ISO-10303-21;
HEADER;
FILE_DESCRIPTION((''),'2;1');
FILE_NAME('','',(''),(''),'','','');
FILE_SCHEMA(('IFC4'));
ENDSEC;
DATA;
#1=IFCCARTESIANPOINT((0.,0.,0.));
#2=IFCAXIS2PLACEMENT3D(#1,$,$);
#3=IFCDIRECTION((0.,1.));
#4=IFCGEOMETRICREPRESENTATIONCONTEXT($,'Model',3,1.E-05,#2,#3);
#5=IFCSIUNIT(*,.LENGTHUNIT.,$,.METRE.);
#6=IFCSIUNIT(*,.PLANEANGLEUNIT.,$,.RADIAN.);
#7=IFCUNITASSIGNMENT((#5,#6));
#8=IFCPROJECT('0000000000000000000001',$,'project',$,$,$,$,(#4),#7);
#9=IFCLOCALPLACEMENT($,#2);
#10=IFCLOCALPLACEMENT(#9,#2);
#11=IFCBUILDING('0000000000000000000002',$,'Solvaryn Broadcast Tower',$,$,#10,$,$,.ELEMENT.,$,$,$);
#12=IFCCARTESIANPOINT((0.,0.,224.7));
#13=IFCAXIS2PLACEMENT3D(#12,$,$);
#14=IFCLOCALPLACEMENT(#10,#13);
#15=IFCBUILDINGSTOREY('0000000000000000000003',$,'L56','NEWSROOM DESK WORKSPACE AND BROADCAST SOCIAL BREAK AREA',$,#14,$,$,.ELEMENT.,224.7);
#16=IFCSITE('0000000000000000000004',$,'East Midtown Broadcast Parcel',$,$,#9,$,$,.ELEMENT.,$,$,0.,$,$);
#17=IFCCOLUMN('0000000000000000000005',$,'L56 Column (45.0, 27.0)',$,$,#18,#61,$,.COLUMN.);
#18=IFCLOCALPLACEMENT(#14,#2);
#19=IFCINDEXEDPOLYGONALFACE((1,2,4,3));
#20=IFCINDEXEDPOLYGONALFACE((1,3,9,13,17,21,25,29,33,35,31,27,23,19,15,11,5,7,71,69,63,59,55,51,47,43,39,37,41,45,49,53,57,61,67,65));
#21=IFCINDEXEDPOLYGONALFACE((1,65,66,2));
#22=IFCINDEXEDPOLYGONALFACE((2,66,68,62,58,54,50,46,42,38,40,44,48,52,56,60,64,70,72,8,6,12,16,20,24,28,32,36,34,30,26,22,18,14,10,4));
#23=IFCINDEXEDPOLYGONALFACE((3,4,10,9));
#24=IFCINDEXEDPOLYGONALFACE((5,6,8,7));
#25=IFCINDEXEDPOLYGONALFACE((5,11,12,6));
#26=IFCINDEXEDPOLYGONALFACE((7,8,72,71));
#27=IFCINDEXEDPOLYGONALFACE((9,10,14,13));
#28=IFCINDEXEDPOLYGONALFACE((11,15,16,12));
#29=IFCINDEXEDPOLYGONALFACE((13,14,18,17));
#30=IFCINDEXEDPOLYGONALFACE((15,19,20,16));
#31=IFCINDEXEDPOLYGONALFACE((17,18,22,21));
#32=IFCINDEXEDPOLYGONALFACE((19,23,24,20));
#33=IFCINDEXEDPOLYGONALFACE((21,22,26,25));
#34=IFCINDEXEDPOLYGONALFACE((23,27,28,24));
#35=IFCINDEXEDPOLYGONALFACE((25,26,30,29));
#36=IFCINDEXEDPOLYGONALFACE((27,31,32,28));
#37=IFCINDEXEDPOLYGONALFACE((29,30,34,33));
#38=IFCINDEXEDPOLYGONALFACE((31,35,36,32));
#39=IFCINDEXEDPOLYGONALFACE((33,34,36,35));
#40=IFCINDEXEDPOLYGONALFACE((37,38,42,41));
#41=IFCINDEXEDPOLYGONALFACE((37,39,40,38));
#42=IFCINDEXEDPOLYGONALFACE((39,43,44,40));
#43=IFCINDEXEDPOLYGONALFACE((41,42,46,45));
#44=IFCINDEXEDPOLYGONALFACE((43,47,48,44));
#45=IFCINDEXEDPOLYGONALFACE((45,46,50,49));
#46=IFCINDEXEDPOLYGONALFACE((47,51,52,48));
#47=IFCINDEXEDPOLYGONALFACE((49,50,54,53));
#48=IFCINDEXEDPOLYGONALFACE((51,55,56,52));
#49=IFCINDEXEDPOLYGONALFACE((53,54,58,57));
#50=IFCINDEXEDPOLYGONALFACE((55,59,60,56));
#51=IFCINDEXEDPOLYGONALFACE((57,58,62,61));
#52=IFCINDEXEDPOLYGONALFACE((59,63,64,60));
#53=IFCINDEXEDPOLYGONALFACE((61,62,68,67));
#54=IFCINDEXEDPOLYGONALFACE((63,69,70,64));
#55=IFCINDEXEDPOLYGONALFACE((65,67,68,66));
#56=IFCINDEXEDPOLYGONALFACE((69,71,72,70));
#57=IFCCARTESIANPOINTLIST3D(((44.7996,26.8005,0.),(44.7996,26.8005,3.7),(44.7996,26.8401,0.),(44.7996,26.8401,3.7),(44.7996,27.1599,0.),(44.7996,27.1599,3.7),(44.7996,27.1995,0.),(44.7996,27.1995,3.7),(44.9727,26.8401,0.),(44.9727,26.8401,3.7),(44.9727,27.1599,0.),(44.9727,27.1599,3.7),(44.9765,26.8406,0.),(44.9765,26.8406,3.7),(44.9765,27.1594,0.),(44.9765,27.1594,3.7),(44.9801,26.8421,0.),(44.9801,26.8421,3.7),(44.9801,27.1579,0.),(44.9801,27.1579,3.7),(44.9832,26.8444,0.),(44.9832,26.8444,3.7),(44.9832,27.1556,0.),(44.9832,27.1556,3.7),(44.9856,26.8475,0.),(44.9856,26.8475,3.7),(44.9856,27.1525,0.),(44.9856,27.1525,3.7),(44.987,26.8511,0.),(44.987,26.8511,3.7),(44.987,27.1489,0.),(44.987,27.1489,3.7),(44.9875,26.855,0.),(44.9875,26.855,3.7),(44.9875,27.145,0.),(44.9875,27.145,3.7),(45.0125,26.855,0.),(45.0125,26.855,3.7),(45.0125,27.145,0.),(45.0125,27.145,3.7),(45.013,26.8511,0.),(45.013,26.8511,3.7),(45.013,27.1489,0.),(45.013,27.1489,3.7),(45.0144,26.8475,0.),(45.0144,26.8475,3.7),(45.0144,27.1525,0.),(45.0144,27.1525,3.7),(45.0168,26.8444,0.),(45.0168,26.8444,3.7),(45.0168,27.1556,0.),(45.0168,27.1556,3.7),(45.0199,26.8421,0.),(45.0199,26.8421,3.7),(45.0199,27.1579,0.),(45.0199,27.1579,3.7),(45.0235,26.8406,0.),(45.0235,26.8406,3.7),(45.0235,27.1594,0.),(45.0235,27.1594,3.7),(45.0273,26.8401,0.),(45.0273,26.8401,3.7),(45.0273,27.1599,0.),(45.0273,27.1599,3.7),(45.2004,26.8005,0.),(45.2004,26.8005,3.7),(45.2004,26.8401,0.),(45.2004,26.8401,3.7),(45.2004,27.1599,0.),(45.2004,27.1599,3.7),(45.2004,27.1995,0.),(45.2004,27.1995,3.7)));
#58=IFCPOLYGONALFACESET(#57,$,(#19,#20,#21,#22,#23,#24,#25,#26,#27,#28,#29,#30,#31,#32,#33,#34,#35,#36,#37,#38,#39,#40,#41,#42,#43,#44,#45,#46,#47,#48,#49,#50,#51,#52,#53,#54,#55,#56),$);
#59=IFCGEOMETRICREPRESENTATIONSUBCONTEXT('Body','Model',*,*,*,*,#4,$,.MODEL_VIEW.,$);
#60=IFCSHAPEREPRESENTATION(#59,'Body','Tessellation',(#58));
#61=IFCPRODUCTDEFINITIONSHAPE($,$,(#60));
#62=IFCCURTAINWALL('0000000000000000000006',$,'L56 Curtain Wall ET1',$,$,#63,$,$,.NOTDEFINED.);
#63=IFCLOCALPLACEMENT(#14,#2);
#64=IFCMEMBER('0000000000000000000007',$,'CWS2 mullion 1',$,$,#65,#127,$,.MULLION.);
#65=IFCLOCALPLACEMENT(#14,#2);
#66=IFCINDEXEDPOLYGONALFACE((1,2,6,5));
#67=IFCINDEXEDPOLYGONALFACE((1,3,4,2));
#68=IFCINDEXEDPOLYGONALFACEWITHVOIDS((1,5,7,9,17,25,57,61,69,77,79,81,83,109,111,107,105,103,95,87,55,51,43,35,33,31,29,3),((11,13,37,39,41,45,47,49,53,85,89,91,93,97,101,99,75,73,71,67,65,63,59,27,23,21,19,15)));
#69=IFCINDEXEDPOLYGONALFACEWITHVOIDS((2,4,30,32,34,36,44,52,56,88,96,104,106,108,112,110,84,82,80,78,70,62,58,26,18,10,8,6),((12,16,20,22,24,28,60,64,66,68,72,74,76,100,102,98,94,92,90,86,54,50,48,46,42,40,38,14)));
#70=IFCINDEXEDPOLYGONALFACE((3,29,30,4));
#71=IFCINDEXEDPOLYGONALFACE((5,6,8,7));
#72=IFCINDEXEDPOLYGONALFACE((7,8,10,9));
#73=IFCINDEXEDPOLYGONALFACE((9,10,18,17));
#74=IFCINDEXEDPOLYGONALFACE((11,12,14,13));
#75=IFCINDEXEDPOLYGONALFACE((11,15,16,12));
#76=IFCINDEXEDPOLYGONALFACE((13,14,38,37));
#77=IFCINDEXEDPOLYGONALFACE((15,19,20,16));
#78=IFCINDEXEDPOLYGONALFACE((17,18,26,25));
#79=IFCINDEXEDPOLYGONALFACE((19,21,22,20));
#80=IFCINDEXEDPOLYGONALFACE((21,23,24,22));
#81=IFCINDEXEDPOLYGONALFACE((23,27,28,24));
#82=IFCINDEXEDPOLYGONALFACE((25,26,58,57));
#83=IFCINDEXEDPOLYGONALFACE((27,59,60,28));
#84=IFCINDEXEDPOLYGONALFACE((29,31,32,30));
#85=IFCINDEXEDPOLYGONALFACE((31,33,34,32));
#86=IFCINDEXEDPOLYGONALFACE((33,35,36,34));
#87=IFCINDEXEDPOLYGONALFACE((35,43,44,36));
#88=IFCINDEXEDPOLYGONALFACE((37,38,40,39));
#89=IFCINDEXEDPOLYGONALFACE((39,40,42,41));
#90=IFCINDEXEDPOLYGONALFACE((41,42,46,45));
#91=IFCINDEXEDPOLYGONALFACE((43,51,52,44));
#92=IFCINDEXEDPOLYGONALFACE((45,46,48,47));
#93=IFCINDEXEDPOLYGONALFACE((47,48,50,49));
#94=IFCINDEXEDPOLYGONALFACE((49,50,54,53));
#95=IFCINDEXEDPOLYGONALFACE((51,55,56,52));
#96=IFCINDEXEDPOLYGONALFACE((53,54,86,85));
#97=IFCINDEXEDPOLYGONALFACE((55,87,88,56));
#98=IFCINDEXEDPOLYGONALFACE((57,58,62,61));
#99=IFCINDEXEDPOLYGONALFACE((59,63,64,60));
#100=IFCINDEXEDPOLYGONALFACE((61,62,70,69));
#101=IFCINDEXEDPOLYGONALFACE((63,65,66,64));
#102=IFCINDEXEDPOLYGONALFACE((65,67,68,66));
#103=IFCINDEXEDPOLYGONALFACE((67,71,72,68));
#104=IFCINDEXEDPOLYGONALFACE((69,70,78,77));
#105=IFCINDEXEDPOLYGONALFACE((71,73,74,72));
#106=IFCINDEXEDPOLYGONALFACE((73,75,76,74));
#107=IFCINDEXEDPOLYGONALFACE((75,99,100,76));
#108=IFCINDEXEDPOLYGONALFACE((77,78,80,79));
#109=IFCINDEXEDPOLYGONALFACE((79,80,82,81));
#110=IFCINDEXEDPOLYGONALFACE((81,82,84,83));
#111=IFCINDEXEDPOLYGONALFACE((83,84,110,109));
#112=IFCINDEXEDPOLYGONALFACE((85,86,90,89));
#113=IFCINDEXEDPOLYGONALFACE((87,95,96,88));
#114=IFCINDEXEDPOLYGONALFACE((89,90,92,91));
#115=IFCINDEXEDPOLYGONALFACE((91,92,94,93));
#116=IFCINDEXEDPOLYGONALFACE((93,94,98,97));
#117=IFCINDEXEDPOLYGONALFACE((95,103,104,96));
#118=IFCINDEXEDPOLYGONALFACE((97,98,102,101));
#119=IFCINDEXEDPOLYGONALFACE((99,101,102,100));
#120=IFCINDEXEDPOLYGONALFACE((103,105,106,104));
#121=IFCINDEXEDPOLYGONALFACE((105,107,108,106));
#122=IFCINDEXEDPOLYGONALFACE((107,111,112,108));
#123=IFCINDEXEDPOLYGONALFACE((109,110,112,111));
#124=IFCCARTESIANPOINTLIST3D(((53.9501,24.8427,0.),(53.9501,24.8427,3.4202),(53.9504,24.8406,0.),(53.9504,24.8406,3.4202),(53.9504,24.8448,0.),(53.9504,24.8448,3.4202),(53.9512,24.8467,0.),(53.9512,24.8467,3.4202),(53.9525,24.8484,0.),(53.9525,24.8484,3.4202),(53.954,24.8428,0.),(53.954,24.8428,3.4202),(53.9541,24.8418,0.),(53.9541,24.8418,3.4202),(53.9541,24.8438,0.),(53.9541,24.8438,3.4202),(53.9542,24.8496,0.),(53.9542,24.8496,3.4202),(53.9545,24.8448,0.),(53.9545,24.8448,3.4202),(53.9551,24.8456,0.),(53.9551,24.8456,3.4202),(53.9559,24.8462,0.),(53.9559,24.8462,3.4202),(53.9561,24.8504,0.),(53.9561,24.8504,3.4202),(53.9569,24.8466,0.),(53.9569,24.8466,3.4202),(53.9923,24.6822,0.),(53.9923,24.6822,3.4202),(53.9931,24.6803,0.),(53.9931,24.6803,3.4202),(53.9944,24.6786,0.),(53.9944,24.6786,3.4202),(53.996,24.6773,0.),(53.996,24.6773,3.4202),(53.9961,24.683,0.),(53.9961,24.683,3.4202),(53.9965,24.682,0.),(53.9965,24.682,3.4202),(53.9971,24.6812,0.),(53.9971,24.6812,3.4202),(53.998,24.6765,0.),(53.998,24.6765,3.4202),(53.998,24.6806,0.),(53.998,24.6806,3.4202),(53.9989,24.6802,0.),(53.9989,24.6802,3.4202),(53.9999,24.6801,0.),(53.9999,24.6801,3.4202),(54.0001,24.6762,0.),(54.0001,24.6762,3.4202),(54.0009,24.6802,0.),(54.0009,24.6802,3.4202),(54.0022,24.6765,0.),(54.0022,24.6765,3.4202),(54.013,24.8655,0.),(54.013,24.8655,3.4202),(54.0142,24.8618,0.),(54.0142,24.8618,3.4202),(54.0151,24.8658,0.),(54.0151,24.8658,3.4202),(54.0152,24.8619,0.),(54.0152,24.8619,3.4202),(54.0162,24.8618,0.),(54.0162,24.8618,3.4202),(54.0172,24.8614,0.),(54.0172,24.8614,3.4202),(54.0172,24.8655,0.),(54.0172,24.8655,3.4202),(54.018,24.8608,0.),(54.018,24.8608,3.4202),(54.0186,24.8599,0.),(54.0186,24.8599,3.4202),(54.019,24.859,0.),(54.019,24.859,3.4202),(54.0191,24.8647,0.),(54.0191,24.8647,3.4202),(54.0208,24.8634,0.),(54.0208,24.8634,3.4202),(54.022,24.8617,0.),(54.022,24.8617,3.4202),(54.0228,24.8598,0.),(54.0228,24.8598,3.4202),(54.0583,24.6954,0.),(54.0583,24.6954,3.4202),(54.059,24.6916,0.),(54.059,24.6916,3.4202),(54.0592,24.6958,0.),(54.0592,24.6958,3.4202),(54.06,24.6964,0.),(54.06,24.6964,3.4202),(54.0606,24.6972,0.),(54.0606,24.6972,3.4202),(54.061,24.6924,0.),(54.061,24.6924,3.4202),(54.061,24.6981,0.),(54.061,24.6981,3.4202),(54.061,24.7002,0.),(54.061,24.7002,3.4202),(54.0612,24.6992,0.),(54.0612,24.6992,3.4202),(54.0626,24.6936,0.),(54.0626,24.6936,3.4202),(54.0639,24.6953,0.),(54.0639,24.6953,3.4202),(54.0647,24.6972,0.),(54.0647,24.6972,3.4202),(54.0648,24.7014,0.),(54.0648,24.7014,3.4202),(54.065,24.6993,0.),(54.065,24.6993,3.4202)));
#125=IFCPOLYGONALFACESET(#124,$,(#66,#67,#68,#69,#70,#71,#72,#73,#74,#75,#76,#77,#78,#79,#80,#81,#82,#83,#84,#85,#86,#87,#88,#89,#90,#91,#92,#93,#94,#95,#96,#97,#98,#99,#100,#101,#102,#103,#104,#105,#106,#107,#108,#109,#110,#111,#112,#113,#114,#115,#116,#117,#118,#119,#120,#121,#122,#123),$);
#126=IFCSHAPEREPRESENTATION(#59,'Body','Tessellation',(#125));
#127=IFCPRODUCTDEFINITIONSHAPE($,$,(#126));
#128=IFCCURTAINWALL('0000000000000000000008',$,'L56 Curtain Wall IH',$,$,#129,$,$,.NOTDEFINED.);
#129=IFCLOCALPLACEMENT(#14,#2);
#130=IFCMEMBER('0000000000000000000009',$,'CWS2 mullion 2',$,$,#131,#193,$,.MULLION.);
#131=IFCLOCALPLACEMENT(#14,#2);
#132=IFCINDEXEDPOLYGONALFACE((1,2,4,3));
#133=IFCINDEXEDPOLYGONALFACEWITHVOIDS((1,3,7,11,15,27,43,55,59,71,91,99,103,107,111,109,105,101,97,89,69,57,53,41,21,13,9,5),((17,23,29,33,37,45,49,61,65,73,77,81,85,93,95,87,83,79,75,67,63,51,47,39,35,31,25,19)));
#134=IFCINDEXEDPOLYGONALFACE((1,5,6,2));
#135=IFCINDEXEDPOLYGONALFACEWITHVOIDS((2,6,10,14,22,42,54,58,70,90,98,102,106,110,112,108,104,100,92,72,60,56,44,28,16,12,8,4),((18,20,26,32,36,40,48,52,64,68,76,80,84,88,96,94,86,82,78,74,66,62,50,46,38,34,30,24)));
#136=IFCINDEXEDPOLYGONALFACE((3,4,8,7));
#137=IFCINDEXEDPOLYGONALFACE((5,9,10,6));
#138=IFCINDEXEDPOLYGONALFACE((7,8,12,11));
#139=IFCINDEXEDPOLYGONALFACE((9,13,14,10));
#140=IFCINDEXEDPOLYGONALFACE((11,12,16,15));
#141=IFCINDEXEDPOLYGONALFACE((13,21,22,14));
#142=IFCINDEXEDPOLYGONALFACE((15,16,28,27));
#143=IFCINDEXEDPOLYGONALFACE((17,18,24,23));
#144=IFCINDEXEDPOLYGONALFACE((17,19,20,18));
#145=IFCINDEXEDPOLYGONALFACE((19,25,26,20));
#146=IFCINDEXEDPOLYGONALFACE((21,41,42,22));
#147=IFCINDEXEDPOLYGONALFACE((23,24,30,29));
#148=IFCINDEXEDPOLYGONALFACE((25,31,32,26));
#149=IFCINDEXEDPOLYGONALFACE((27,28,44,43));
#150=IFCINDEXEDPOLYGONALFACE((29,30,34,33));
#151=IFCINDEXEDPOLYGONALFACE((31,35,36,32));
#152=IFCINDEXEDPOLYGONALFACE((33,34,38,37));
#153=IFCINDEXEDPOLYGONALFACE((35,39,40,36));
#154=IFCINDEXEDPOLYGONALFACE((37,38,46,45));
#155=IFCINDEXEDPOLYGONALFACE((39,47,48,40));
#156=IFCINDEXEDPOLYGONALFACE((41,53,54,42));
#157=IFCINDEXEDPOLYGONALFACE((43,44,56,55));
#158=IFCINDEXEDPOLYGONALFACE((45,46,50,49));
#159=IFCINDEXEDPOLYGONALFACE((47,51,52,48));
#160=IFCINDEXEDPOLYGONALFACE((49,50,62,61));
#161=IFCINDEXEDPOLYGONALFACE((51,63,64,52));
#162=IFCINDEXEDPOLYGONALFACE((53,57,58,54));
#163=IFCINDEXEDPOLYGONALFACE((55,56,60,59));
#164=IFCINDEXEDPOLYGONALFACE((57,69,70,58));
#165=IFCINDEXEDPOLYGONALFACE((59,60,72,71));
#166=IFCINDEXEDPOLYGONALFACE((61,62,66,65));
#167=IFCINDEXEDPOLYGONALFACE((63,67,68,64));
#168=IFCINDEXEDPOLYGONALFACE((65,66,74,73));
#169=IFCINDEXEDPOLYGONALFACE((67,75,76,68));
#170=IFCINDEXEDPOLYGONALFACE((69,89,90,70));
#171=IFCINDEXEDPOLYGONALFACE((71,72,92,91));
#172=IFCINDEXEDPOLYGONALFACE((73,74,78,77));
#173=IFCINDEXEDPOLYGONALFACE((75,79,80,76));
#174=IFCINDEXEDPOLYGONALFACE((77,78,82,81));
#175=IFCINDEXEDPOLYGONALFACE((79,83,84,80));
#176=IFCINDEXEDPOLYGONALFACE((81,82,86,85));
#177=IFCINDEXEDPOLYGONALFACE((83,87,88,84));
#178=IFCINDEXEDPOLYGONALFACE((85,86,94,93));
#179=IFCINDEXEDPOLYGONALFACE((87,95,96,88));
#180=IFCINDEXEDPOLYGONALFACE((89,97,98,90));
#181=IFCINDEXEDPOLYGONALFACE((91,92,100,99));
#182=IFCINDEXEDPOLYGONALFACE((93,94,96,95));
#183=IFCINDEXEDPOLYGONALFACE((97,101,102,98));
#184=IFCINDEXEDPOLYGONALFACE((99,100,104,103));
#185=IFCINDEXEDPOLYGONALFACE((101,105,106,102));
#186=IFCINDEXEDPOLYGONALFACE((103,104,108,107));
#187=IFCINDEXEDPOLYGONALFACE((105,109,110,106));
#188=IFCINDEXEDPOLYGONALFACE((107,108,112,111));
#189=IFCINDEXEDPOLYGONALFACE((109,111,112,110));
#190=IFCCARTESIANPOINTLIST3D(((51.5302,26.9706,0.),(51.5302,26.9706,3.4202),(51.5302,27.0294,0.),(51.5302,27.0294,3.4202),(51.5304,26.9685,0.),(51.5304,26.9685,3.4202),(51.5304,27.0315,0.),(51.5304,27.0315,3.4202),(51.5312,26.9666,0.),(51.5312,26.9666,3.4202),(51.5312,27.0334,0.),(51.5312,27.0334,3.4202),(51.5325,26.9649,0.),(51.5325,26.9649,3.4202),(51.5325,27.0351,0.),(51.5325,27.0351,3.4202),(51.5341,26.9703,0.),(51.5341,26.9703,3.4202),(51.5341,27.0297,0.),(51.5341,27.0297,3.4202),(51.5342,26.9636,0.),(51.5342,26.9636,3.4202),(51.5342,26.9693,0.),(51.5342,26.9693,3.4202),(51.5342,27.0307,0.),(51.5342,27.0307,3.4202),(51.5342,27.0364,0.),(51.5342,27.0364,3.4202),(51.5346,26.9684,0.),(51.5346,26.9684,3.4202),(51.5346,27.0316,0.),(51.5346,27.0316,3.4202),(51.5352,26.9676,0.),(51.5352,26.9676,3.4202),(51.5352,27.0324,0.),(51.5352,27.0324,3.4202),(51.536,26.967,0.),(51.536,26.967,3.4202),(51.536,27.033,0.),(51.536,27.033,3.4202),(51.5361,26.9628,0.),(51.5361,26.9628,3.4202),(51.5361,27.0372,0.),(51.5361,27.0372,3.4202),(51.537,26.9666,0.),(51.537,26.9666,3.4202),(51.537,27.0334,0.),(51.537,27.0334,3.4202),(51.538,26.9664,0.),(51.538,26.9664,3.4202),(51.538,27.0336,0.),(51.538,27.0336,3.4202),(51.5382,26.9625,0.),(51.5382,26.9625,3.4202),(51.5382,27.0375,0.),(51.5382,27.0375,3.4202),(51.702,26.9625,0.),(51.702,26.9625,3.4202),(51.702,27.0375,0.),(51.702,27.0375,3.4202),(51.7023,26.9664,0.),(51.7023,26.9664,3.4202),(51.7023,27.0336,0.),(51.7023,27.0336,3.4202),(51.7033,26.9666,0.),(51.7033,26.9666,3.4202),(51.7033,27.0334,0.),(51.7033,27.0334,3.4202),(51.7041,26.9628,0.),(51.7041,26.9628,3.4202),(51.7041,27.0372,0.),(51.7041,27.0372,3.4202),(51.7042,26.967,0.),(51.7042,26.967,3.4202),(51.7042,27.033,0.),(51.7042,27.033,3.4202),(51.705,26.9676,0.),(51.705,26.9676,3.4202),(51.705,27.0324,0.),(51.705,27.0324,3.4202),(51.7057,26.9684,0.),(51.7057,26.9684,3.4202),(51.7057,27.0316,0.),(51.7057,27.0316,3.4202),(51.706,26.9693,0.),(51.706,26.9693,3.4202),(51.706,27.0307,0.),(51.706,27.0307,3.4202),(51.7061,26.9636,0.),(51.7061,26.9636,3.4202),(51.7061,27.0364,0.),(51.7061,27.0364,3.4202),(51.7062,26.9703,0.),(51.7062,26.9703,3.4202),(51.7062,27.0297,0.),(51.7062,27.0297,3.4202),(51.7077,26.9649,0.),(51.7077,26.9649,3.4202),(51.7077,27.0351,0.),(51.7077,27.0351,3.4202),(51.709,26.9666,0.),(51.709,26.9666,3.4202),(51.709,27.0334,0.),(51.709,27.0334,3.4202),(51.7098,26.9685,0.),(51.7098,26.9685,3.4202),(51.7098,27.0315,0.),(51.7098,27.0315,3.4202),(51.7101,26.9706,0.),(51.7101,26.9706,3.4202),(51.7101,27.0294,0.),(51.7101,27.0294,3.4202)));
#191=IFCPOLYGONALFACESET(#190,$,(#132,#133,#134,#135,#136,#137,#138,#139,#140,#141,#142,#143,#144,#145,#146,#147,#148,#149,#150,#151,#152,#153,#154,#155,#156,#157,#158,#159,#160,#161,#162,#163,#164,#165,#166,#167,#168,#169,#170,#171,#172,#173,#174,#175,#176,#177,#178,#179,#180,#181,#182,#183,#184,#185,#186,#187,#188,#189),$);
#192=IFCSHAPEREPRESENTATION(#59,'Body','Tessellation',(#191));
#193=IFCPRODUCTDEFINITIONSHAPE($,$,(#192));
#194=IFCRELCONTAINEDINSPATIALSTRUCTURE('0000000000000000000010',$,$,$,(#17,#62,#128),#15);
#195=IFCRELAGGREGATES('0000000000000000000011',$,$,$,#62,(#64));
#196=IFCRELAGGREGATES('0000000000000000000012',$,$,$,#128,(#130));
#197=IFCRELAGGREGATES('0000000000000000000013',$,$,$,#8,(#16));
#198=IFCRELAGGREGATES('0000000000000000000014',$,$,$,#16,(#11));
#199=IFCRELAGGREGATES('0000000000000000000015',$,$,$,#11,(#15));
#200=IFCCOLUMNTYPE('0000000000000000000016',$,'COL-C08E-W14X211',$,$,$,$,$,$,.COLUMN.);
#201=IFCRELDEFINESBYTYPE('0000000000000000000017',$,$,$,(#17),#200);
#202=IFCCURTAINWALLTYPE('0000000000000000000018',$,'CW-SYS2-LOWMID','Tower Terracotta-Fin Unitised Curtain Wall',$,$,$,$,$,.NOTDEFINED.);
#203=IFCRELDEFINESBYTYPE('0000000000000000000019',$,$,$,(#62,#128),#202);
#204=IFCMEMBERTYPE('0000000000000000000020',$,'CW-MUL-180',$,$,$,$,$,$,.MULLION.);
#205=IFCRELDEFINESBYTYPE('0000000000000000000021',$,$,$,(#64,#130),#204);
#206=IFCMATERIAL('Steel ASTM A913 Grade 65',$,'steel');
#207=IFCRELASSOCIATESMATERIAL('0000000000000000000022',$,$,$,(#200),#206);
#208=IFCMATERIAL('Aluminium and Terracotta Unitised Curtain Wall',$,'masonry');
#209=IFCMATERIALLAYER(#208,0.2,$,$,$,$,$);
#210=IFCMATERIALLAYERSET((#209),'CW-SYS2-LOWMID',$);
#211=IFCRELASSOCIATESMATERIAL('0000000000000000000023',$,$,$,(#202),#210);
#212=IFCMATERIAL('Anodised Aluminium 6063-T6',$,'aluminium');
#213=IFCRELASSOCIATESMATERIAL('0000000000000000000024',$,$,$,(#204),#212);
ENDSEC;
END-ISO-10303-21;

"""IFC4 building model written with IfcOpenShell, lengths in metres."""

from ifc_helpers import new_model, si_unit, direction, frame, origin, origin_2d, place, context, subcontext, project, spatial, hollow_rectangle, i_section, extrude, material, layer, layer_set, material_profile, profile_set, type_object, element, aggregate, save


model = new_model("IFC4")

# Units and contexts
model_context = context("Model", 3, precision=1e-05, world=origin(), true_north=direction((0.0, 1.0)))
body_context = subcontext(model_context, "Body", "Model", "MODEL_VIEW")
ifc_project = project(units=[si_unit("LENGTHUNIT", "METRE"), si_unit("PLANEANGLEUNIT", "RADIAN")], contexts=[model_context])

# Site, building, storey
site_placement = place(None, origin())
site = spatial("IfcSite", under=ifc_project, at=site_placement, Name="East Midtown Broadcast Parcel", CompositionType="ELEMENT", RefElevation=0.0)
building_placement = place(site_placement, origin())
building = spatial("IfcBuilding", under=site, at=building_placement, Name="Solvaryn Broadcast Tower", CompositionType="ELEMENT")
storey_placement = place(building_placement, frame((0.0, 0.0, 224.7)))
storey = spatial("IfcBuildingStorey", under=building, at=storey_placement, Name="L56", Description="NEWSROOM DESK WORKSPACE AND BROADCAST SOCIAL BREAK AREA", CompositionType="ELEMENT", Elevation=224.7)

# Column
ifc_material_1 = material(Name="Steel ASTM A913 Grade 65", Category="steel")
ifc_material_profile_1 = material_profile(ifc_material_1, i_section(OverallWidth=0.4009, OverallDepth=0.3989, WebThickness=0.0249, FlangeThickness=0.0396, FilletRadius=0.0149, at=origin_2d()))
ifc_profile_set_1 = profile_set([ifc_material_profile_1], Name="Steel ASTM A913 Grade 65")
column_type = type_object("IfcColumnType", Name="COL-C08E-W14X211", PredefinedType="COLUMN", material=ifc_profile_set_1)
column_placement = place(storey_placement, frame((45.0, 27.0, 0.0), z_axis=(0.0, 0.0, 1.0), x_axis=(1.0, 0.0, 0.0)))
element("IfcColumn", 1, at=column_placement, inside=storey, type_object=column_type, Name="L56 Column (45.0, 27.0)", PredefinedType="COLUMN", context=body_context, shape_type="SweptSolid", body=[
    extrude(i_section(OverallWidth=0.4009, OverallDepth=0.3989, WebThickness=0.0249, FlangeThickness=0.0396, FilletRadius=0.0149, at=origin_2d()), origin(), (0.0, 0.0, 1.0), 3.7),
])

# Curtain walls, members
ifc_material_2 = material(Name="Aluminium and Terracotta Unitised Curtain Wall", Category="masonry")
ifc_layer_1 = layer(ifc_material_2, 0.2)
ifc_layer_set_1 = layer_set([ifc_layer_1], Name="CW-SYS2-LOWMID")
curtain_wall_type = type_object("IfcCurtainWallType", Name="CW-SYS2-LOWMID", Description="Tower Terracotta-Fin Unitised Curtain Wall", PredefinedType="NOTDEFINED", material=ifc_layer_set_1)
curtain_wall_1_placement = place(storey_placement, origin())
curtain_wall_1 = element("IfcCurtainWall", 2, at=curtain_wall_1_placement, inside=storey, type_object=curtain_wall_type, Name="L56 Curtain Wall ET1", PredefinedType="NOTDEFINED")
ifc_material_3 = material(Name="Anodised Aluminium 6063-T6", Category="aluminium")
ifc_material_profile_2 = material_profile(ifc_material_3, hollow_rectangle(XDim=0.075, YDim=0.1799, WallThickness=0.0039, InnerFilletRadius=0.0039, OuterFilletRadius=0.0081, at=origin_2d()))
ifc_profile_set_2 = profile_set([ifc_material_profile_2], Name="Anodised Aluminium 6063-T6")
member_type_1 = type_object("IfcMemberType", Name="CW-MUL-180", PredefinedType="MULLION", material=ifc_profile_set_2)
member_1_placement = place(storey_placement, frame((54.0076, 24.771, 0.0), z_axis=(0.0, 0.0, 1.0), x_axis=(0.966705, 0.255893, 0.0)))
member_1 = element("IfcMember", 3, at=member_1_placement, type_object=member_type_1, Name="CWS2 mullion 1", PredefinedType="MULLION", context=body_context, shape_type="SweptSolid", body=[
    extrude(hollow_rectangle(XDim=0.075, YDim=0.1799, WallThickness=0.0039, InnerFilletRadius=0.0039, OuterFilletRadius=0.0081, at=origin_2d()), origin(), (0.0, 0.0, 1.0), 3.4202),
])
curtain_wall_2_placement = place(storey_placement, origin())
curtain_wall_2 = element("IfcCurtainWall", 4, at=curtain_wall_2_placement, inside=storey, type_object=curtain_wall_type, Name="L56 Curtain Wall IH", PredefinedType="NOTDEFINED")
member_2_placement = place(storey_placement, frame((51.6201, 27.0, 0.0), z_axis=(0.0, 0.0, 1.0), x_axis=(0.0, 1.0, 0.0)))
member_2 = element("IfcMember", 5, at=member_2_placement, type_object=member_type_1, Name="CWS2 mullion 2", PredefinedType="MULLION", context=body_context, shape_type="SweptSolid", body=[
    extrude(hollow_rectangle(XDim=0.075, YDim=0.1799, WallThickness=0.0039, InnerFilletRadius=0.0039, OuterFilletRadius=0.0081, at=origin_2d()), origin(), (0.0, 0.0, 1.0), 3.4202),
])

aggregate(curtain_wall_1, [member_1])
aggregate(curtain_wall_2, [member_2])

save(model, "model.ifc")
